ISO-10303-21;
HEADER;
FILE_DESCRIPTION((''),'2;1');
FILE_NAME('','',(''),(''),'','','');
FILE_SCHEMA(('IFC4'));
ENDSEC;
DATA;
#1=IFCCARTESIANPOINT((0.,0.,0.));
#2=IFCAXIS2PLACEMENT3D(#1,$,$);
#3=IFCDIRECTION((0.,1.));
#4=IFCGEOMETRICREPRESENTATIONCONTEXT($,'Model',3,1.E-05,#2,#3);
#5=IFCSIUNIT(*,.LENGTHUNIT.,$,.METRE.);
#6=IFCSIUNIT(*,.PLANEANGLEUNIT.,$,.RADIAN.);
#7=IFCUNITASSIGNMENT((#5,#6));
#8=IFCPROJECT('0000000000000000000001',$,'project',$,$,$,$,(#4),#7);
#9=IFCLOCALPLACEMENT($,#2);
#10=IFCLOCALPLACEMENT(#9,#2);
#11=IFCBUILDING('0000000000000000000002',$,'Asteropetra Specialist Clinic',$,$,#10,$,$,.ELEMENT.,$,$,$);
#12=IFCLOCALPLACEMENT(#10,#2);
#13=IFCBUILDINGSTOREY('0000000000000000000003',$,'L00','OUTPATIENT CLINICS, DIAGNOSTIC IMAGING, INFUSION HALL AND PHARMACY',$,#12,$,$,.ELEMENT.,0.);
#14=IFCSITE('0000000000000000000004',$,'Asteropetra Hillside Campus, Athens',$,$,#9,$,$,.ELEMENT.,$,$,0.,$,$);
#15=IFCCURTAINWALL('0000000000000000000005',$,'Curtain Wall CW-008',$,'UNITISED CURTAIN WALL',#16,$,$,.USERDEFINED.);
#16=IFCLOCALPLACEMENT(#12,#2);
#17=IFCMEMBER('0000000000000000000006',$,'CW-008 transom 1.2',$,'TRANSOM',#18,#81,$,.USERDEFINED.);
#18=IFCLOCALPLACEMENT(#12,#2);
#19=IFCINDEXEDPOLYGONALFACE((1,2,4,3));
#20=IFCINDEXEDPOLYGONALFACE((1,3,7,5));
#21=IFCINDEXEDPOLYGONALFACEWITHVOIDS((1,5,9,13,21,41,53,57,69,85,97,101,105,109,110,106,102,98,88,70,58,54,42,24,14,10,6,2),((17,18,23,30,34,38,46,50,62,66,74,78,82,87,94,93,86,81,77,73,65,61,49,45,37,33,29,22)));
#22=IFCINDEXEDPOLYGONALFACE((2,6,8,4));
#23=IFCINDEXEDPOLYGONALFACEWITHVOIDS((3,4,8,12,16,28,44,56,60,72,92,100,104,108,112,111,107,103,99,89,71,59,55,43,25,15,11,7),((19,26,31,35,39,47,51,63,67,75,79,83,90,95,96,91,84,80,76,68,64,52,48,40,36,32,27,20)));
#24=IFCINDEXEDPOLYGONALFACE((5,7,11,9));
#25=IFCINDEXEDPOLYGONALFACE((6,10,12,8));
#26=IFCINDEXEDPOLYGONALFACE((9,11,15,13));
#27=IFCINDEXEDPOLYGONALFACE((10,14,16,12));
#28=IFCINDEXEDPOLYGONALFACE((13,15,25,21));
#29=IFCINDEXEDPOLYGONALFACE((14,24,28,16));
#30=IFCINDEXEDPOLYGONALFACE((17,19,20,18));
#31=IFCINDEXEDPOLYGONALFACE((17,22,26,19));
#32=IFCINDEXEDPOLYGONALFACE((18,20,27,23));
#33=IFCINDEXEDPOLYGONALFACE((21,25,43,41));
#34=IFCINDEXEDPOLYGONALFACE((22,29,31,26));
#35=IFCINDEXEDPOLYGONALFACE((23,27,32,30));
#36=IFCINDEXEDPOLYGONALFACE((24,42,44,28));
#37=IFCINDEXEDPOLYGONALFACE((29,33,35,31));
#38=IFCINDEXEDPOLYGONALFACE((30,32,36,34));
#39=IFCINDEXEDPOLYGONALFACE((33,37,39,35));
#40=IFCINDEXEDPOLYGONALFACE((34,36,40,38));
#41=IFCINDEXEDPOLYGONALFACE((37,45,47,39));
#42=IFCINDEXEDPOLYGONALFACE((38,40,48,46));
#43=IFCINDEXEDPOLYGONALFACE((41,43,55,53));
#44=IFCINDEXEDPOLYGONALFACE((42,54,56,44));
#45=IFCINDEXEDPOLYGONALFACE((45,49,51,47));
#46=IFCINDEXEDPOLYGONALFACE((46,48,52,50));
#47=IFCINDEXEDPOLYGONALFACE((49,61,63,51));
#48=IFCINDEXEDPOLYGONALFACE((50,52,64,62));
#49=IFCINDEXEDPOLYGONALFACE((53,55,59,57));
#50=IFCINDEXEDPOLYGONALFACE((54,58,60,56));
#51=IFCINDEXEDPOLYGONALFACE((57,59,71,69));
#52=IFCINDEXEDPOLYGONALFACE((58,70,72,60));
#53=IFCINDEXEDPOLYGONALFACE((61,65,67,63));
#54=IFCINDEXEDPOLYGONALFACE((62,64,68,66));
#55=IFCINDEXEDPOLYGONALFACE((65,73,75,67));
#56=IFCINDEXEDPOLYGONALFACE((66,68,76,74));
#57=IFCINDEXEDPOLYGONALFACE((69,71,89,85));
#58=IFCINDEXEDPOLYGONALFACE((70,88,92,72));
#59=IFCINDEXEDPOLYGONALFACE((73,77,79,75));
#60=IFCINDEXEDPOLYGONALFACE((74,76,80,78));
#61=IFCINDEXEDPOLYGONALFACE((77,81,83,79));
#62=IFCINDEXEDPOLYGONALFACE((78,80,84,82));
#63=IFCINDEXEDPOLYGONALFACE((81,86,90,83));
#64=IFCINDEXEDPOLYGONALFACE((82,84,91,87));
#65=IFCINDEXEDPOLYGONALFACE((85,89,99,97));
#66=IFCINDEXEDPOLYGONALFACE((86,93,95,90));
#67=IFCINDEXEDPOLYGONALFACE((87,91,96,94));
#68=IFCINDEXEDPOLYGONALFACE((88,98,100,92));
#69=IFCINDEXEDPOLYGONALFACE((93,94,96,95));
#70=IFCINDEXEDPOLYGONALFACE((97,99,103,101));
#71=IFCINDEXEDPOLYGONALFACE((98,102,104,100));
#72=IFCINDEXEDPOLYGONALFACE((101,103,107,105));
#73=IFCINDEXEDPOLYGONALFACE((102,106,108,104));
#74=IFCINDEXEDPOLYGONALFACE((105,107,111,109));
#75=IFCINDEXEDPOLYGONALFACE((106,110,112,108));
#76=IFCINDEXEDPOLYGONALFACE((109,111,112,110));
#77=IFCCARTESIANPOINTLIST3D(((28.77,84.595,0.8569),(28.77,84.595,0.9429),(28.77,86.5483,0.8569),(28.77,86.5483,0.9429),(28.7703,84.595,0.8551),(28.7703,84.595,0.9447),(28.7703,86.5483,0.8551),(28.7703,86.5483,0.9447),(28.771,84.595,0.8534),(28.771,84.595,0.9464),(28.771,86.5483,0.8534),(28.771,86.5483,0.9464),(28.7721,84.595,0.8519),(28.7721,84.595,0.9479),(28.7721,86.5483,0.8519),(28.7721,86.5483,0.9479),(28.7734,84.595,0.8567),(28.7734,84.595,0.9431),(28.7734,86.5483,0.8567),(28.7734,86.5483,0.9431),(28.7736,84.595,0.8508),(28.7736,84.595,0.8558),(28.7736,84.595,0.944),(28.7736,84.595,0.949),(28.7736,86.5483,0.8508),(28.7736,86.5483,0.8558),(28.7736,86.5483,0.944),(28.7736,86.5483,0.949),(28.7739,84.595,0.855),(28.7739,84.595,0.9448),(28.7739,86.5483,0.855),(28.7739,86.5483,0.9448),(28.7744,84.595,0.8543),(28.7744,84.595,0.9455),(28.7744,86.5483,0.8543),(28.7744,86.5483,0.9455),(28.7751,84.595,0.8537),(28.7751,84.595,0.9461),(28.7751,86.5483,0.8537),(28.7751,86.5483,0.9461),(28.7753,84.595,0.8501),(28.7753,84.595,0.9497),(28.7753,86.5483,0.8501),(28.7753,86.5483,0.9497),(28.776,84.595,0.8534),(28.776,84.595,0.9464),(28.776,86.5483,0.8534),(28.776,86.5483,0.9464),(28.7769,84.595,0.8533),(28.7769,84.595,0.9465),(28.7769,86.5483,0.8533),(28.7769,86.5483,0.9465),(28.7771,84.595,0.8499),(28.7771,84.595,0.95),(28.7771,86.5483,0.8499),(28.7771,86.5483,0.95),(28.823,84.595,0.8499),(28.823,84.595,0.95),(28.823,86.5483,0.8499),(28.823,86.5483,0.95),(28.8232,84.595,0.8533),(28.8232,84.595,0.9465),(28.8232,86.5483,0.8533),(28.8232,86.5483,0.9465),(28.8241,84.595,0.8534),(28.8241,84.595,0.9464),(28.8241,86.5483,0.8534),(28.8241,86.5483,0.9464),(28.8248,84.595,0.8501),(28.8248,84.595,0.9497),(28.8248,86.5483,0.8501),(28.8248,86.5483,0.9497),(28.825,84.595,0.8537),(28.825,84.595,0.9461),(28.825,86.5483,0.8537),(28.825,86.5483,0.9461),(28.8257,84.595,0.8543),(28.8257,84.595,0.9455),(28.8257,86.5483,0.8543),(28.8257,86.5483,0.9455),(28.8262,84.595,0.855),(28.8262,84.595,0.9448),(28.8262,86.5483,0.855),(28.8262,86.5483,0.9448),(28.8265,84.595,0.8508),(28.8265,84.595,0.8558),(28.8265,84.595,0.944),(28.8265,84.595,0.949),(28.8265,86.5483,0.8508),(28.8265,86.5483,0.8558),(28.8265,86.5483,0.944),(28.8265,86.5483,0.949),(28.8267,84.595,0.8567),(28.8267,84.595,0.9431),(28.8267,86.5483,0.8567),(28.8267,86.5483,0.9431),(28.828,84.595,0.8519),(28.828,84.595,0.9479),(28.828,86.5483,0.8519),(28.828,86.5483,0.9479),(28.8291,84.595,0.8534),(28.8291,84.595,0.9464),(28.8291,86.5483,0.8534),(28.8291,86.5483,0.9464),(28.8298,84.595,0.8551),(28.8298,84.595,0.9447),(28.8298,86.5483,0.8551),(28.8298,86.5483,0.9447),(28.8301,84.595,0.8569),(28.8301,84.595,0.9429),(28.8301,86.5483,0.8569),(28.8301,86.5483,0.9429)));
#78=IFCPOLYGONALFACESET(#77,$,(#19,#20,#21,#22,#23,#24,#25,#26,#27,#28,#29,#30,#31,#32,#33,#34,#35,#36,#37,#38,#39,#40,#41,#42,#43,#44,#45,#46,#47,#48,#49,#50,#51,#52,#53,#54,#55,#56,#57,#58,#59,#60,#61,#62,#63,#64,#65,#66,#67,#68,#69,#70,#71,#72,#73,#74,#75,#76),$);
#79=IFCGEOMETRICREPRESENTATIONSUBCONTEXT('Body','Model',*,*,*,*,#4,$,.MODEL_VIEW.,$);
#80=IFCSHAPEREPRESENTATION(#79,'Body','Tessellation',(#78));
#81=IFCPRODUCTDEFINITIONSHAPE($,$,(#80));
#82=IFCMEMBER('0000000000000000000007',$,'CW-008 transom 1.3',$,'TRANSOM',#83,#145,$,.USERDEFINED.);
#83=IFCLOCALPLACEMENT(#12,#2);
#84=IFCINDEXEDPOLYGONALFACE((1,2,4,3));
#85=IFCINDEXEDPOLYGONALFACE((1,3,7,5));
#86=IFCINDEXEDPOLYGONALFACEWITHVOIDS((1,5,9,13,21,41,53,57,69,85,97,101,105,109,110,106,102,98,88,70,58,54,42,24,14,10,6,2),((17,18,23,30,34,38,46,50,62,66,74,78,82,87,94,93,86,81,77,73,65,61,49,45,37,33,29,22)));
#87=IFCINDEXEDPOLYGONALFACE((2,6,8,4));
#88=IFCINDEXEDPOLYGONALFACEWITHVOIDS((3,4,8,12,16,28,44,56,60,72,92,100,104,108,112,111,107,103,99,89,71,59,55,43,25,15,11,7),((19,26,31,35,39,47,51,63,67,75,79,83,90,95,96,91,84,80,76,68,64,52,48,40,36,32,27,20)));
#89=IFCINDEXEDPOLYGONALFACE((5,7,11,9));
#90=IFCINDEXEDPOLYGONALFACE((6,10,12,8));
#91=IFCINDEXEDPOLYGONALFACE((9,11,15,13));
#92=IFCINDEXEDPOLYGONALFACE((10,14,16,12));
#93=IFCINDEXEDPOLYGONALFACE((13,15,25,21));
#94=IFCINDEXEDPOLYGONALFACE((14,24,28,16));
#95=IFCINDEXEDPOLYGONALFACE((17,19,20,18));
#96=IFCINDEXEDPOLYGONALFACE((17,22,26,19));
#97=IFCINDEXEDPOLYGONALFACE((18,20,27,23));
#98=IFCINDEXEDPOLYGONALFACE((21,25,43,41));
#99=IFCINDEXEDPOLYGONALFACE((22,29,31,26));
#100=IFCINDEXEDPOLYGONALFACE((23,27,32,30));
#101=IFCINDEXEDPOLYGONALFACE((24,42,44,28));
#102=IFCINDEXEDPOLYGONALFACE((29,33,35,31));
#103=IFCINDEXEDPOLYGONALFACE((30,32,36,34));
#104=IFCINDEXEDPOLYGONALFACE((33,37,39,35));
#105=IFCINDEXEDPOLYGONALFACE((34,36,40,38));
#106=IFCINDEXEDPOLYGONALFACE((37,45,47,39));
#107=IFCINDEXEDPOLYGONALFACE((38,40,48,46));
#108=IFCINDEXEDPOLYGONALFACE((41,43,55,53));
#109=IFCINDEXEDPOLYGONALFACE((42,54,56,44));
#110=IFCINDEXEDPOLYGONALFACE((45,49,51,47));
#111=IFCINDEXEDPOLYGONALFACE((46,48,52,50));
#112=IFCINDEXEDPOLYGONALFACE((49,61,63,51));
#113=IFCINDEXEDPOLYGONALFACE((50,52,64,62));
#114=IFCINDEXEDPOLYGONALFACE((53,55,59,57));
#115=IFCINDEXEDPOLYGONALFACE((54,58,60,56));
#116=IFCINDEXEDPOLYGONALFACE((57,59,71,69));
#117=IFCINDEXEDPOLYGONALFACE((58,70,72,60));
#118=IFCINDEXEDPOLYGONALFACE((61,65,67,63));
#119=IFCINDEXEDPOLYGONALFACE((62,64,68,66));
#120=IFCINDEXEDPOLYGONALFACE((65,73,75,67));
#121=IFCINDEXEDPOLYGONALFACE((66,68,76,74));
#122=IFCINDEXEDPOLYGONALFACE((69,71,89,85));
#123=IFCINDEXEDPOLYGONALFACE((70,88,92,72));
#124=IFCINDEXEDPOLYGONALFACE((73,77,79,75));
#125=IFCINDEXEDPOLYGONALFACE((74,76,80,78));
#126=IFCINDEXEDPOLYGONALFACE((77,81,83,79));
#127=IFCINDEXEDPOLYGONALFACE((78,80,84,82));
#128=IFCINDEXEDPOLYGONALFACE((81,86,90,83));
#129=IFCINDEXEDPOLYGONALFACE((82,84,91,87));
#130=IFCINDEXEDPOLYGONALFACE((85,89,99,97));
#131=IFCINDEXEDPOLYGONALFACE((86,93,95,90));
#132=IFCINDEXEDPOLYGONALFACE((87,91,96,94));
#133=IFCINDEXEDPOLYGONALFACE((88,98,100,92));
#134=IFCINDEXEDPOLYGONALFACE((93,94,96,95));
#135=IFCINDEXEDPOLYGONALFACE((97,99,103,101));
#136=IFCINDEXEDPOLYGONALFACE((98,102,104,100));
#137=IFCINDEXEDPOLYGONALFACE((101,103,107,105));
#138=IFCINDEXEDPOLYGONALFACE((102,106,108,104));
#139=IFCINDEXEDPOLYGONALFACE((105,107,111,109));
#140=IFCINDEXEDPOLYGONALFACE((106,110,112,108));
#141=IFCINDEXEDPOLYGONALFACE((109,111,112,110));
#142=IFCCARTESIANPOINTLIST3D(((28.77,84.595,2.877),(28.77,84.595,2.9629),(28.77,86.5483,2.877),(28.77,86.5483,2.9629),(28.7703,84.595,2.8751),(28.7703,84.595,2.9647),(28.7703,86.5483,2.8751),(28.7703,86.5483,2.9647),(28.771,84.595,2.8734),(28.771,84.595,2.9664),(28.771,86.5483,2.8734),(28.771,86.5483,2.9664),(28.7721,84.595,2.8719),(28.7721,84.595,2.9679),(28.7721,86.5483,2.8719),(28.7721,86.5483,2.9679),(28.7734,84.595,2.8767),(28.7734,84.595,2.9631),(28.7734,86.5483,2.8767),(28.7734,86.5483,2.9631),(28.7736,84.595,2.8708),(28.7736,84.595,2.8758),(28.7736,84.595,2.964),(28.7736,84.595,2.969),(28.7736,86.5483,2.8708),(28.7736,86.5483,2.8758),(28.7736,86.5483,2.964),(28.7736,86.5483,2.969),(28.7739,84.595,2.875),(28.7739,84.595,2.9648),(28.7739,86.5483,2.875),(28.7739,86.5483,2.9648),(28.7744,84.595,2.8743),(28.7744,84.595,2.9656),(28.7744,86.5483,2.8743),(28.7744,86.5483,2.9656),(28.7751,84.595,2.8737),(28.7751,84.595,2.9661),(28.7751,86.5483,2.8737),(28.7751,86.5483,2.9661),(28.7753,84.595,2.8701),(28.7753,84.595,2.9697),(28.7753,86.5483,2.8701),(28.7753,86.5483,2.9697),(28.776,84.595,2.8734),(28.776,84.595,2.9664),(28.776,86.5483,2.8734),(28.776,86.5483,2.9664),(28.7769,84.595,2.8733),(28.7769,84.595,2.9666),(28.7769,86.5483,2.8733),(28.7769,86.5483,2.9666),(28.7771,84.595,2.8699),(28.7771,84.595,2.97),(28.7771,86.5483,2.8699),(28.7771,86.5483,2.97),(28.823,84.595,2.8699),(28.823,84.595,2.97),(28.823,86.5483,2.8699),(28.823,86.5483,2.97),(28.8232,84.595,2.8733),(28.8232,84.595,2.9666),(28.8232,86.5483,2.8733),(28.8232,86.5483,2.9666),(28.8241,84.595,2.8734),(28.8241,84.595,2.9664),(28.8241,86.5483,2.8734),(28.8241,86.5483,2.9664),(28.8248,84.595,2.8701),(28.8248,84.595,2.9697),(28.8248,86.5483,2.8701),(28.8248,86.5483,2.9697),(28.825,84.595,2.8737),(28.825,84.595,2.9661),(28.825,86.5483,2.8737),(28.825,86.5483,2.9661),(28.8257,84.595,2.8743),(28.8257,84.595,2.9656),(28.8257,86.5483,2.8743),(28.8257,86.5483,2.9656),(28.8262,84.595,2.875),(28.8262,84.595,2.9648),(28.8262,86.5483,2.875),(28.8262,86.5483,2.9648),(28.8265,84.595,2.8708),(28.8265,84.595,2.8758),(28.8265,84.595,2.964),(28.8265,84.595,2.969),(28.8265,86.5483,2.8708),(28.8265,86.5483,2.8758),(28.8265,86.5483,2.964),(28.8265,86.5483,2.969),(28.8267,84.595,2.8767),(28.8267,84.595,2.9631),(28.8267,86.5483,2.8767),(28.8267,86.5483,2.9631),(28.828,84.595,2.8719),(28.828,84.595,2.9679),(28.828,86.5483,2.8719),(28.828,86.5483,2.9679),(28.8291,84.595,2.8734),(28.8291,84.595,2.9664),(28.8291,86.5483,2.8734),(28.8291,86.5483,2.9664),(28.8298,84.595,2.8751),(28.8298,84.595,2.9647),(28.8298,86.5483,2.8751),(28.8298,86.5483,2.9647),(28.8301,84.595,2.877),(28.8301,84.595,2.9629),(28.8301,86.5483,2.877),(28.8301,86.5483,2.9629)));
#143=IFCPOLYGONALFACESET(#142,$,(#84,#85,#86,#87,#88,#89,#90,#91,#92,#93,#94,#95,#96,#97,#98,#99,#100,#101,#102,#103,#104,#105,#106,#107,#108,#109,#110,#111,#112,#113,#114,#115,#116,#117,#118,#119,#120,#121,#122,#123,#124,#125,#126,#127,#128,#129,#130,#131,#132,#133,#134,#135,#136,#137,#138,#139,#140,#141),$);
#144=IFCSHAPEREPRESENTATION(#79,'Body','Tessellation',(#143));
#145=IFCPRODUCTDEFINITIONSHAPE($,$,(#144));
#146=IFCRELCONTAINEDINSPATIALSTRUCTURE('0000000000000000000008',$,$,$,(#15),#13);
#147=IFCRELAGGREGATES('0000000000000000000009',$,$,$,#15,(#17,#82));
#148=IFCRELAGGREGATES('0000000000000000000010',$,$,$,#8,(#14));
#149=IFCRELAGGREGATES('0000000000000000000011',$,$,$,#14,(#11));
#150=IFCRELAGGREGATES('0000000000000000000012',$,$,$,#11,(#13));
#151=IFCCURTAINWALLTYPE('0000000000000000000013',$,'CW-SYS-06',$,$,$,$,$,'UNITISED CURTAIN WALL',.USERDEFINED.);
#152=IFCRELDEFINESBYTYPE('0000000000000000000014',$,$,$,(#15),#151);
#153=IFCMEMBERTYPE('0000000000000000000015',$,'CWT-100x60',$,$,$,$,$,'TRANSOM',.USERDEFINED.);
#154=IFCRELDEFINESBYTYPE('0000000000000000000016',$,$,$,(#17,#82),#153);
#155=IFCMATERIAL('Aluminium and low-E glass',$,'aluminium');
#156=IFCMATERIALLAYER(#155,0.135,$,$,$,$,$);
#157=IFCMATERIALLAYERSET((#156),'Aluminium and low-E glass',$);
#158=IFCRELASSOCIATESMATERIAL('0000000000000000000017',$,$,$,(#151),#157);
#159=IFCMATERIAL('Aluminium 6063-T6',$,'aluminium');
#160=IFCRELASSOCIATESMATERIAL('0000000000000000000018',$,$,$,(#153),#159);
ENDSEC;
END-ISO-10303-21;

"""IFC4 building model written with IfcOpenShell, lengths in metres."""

from ifc_helpers import new_model, si_unit, direction, frame, origin, origin_2d, place, context, subcontext, project, spatial, hollow_rectangle, extrude, material, layer, layer_set, material_profile, profile_set, type_object, element, aggregate, save


model = new_model("IFC4")

# Units and contexts
model_context = context("Model", 3, precision=1e-05, world=origin(), true_north=direction((0.0, 1.0)))
body_context = subcontext(model_context, "Body", "Model", "MODEL_VIEW")
ifc_project = project(units=[si_unit("LENGTHUNIT", "METRE"), si_unit("PLANEANGLEUNIT", "RADIAN")], contexts=[model_context])

# Site, building, storey
site_placement = place(None, origin())
site = spatial("IfcSite", under=ifc_project, at=site_placement, Name="Asteropetra Hillside Campus, Athens", CompositionType="ELEMENT", RefElevation=0.0)
building_placement = place(site_placement, origin())
building = spatial("IfcBuilding", under=site, at=building_placement, Name="Asteropetra Specialist Clinic", CompositionType="ELEMENT")
storey_placement = place(building_placement, origin())
storey = spatial("IfcBuildingStorey", under=building, at=storey_placement, Name="L00", Description="OUTPATIENT CLINICS, DIAGNOSTIC IMAGING, INFUSION HALL AND PHARMACY", CompositionType="ELEMENT", Elevation=0.0)

# Curtain wall
ifc_material_1 = material(Name="Aluminium and low-E glass", Category="aluminium")
ifc_layer_1 = layer(ifc_material_1, 0.135)
ifc_layer_set_1 = layer_set([ifc_layer_1], Name="Aluminium and low-E glass")
curtain_wall_type_1 = type_object("IfcCurtainWallType", Name="CW-SYS-06", ElementType="UNITISED CURTAIN WALL", PredefinedType="USERDEFINED", material=ifc_layer_set_1)
curtain_wall_1_placement = place(storey_placement, origin())
curtain_wall_1 = element("IfcCurtainWall", 1, at=curtain_wall_1_placement, inside=storey, type_object=curtain_wall_type_1, Name="Curtain Wall CW-008", ObjectType="UNITISED CURTAIN WALL", PredefinedType="USERDEFINED")

# Members
ifc_material_2 = material(Name="Aluminium 6063-T6", Category="aluminium")
ifc_material_profile_1 = material_profile(ifc_material_2, hollow_rectangle(XDim=0.0601, YDim=0.1001, WallThickness=0.0034, InnerFilletRadius=0.0034, OuterFilletRadius=0.0071, at=origin_2d()), Name="TRN 100x60x3.5")
ifc_profile_set_1 = profile_set([ifc_material_profile_1], Name="Aluminium 6063-T6")
member_type_1 = type_object("IfcMemberType", Name="CWT-100x60", ElementType="TRANSOM", PredefinedType="USERDEFINED", material=ifc_profile_set_1)
member_1_placement = place(storey_placement, frame((28.8, 84.595, 0.8999), z_axis=(0.0, 1.0, 0.0), x_axis=(-1.0, 0.0, 0.0)))
member_1 = element("IfcMember", 2, at=member_1_placement, type_object=member_type_1, Name="CW-008 transom 1.2", ObjectType="TRANSOM", PredefinedType="USERDEFINED", context=body_context, shape_type="SweptSolid", body=[
    extrude(hollow_rectangle(XDim=0.0601, YDim=0.1001, WallThickness=0.0034, InnerFilletRadius=0.0034, OuterFilletRadius=0.0071, at=origin_2d()), origin(), (0.0, 0.0, 1.0), 1.9534),
])
member_2_placement = place(storey_placement, frame((28.8, 84.595, 2.9199), z_axis=(0.0, 1.0, 0.0), x_axis=(-1.0, 0.0, 0.0)))
member_2 = element("IfcMember", 3, at=member_2_placement, type_object=member_type_1, Name="CW-008 transom 1.3", ObjectType="TRANSOM", PredefinedType="USERDEFINED", context=body_context, shape_type="SweptSolid", body=[
    extrude(hollow_rectangle(XDim=0.0601, YDim=0.1001, WallThickness=0.0034, InnerFilletRadius=0.0034, OuterFilletRadius=0.0071, at=origin_2d()), origin(), (0.0, 0.0, 1.0), 1.9534),
])
aggregate(curtain_wall_1, [member_1, member_2])

save(model, "model.ifc")
